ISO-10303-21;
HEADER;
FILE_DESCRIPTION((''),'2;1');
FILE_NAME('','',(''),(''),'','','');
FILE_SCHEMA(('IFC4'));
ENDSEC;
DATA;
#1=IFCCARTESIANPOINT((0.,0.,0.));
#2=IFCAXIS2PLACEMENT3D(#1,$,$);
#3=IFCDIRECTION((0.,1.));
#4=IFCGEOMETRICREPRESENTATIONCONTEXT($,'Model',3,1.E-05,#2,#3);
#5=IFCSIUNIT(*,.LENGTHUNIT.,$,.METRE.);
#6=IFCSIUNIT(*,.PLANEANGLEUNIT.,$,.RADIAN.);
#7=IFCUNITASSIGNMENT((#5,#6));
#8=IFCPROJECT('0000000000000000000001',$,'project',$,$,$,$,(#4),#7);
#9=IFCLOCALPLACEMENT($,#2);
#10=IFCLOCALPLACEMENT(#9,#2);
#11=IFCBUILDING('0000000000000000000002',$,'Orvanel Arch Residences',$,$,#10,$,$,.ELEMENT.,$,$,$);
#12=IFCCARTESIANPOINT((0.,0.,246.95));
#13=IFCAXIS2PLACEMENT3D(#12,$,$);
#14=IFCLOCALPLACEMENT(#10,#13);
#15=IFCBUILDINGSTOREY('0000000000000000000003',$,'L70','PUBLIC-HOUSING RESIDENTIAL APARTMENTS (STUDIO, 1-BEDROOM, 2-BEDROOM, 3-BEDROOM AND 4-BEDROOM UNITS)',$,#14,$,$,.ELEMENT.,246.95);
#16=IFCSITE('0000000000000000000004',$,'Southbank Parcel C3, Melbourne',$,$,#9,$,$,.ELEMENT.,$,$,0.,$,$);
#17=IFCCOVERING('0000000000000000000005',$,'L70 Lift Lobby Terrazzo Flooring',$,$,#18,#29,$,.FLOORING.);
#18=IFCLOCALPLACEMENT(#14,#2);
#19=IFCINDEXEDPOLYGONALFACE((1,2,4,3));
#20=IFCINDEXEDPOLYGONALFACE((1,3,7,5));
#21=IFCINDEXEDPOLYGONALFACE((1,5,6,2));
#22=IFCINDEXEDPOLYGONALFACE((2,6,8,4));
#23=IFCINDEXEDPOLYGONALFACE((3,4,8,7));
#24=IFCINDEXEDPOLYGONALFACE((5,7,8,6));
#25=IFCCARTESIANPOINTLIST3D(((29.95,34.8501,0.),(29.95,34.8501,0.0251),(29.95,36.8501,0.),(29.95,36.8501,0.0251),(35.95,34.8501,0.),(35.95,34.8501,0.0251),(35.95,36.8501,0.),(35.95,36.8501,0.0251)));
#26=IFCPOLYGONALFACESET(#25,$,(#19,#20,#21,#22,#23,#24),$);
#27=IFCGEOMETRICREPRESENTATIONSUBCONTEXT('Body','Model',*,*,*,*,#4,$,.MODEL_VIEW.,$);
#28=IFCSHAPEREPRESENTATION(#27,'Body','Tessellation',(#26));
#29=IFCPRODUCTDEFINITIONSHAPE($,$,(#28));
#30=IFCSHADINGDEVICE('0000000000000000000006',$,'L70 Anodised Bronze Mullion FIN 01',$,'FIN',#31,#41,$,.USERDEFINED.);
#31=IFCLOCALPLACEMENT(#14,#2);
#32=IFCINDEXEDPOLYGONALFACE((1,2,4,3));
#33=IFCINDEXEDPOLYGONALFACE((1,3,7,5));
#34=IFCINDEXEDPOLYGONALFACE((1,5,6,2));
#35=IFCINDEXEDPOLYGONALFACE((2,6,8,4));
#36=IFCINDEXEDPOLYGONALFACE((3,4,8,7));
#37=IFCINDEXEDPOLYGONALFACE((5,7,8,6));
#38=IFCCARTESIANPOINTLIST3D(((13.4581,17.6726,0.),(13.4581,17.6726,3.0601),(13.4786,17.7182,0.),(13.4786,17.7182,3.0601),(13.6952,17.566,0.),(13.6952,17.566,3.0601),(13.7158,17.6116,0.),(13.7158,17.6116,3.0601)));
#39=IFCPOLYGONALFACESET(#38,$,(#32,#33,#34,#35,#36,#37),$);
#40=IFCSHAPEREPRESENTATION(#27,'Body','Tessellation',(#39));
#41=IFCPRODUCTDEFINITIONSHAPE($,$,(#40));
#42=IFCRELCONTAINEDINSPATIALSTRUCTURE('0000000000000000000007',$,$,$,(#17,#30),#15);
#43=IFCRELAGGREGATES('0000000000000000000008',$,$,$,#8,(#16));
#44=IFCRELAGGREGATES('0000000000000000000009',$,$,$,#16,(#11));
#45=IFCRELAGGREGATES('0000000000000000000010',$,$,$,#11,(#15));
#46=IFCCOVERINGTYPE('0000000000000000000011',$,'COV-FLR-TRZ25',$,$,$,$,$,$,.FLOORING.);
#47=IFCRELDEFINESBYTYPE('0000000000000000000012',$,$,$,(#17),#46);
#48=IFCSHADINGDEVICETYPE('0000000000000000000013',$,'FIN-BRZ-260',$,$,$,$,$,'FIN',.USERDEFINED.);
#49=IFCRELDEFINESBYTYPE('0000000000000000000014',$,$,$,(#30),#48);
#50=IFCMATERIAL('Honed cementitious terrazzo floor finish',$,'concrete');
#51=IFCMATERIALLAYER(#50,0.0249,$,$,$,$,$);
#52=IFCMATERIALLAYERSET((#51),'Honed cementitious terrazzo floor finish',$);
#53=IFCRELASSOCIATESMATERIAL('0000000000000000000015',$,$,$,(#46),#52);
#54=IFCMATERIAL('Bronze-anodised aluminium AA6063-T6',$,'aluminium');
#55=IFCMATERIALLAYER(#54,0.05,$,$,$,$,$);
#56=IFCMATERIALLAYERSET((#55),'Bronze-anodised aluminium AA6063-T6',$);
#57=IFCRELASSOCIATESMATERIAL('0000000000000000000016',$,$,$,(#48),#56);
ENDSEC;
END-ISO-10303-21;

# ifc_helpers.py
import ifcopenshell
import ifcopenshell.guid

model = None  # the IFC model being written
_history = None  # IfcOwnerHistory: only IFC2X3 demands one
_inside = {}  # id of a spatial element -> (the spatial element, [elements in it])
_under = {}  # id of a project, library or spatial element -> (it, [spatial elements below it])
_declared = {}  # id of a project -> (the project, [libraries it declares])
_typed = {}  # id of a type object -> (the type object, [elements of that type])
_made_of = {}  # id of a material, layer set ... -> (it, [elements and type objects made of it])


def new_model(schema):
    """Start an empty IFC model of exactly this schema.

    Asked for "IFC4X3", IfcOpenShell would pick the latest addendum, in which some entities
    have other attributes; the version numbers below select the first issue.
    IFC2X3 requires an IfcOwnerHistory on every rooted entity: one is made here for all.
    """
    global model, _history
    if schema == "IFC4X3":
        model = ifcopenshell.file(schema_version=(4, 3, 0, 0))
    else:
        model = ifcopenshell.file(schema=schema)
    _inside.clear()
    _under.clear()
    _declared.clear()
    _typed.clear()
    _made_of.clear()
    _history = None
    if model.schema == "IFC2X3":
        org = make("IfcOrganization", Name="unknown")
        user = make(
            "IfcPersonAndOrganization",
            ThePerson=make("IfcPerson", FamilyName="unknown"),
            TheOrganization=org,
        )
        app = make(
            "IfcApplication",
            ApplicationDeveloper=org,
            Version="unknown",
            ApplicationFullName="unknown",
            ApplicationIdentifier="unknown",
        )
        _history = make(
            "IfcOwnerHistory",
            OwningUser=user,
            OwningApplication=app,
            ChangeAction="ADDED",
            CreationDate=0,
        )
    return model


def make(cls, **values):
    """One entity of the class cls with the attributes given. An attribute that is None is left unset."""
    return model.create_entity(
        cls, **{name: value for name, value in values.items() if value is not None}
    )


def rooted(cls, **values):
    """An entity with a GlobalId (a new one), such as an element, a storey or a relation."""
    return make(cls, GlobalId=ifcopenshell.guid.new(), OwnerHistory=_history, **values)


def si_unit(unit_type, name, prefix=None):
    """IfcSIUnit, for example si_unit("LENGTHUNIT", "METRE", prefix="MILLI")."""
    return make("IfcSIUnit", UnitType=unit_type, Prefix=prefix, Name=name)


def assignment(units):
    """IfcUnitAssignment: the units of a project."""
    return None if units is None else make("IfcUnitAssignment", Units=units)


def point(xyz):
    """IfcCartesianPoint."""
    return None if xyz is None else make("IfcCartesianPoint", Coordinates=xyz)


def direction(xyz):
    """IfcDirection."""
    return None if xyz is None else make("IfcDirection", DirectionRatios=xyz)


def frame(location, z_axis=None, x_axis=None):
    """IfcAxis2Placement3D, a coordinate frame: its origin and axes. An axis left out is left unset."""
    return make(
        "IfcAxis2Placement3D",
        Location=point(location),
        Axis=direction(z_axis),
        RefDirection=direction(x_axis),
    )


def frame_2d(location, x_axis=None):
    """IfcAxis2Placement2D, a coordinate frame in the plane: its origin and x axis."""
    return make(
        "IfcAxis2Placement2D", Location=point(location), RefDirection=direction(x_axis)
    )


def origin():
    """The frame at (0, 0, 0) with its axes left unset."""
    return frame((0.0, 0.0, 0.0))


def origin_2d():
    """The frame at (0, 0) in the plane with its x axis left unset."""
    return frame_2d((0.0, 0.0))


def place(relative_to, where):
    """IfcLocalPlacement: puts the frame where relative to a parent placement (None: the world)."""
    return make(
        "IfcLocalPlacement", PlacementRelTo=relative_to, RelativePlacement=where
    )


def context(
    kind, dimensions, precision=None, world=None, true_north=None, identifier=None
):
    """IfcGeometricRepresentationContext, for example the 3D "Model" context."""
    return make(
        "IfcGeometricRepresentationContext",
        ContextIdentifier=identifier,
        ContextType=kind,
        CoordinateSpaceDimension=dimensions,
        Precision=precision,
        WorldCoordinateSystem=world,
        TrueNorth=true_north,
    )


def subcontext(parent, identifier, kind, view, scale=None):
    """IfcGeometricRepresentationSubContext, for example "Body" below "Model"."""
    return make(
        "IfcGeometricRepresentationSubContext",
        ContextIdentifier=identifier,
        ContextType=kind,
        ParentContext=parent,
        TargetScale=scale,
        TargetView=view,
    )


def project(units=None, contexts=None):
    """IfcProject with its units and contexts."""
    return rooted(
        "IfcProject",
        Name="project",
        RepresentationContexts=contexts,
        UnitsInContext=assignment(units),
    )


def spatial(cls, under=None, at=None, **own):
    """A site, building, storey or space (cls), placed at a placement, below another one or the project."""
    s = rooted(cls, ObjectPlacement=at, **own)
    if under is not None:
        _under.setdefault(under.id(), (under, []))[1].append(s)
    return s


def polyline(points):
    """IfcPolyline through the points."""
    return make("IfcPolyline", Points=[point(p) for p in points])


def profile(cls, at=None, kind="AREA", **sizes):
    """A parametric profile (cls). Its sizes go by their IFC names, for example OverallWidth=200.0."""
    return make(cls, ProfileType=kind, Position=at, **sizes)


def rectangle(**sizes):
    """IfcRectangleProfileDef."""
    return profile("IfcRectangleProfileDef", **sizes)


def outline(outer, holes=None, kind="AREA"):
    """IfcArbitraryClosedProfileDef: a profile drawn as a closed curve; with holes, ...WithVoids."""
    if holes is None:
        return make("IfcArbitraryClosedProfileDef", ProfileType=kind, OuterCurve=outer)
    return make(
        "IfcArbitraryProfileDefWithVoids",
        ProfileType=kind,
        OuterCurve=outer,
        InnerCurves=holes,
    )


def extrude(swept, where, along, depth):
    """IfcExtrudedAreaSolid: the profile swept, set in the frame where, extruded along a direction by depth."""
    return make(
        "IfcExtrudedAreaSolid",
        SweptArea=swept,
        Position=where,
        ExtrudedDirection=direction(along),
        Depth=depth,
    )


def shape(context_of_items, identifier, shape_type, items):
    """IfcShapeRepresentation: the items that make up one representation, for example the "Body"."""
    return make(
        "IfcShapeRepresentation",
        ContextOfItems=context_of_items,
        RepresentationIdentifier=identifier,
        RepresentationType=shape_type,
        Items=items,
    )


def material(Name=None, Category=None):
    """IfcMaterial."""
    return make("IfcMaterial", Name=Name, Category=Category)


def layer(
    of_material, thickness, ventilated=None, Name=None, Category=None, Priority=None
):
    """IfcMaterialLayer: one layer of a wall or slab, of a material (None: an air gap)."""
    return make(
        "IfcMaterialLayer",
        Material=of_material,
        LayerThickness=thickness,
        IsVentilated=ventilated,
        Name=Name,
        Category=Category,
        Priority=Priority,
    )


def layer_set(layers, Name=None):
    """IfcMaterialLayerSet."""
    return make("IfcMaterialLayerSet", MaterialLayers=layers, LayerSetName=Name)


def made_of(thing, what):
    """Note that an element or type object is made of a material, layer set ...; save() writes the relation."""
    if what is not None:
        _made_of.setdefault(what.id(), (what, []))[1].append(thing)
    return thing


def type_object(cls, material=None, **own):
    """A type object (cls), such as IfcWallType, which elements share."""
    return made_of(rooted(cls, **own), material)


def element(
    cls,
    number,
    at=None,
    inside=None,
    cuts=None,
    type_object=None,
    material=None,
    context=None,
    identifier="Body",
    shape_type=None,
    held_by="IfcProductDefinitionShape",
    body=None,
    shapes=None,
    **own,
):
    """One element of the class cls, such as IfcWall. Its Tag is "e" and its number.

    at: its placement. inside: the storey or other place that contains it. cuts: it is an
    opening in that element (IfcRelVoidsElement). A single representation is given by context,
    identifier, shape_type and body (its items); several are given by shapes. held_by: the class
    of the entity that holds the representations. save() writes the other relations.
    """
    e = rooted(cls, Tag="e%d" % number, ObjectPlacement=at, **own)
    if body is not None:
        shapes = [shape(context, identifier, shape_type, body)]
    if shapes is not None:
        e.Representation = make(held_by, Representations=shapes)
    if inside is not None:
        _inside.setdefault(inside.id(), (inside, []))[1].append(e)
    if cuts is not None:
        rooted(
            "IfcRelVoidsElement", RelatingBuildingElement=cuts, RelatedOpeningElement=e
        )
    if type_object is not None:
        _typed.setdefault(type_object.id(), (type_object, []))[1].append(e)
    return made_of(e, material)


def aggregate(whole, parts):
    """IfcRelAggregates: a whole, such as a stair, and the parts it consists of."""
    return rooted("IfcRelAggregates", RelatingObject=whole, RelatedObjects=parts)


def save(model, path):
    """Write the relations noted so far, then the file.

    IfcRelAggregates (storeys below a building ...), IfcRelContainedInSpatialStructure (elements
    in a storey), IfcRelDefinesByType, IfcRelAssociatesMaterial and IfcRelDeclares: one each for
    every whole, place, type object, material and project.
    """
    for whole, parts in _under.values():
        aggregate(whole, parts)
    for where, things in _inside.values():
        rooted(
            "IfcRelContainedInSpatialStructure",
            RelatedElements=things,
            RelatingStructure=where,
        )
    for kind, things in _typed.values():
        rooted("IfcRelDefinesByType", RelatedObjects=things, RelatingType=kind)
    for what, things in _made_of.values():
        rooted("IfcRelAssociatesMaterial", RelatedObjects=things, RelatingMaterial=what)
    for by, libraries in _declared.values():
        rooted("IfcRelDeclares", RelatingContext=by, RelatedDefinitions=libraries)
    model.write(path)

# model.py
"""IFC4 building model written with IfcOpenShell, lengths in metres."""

from ifc_helpers import new_model, si_unit, direction, frame, origin, origin_2d, place, context, subcontext, project, spatial, polyline, rectangle, outline, extrude, material, layer, layer_set, type_object, element, save


model = new_model("IFC4")

# Units and contexts
model_context = context("Model", 3, precision=1e-05, world=origin(), true_north=direction((0.0, 1.0)))
body_context = subcontext(model_context, "Body", "Model", "MODEL_VIEW")
ifc_project = project(units=[si_unit("LENGTHUNIT", "METRE"), si_unit("PLANEANGLEUNIT", "RADIAN")], contexts=[model_context])

# Site, building, storey
site_placement = place(None, origin())
site = spatial("IfcSite", under=ifc_project, at=site_placement, Name="Southbank Parcel C3, Melbourne", CompositionType="ELEMENT", RefElevation=0.0)
building_placement = place(site_placement, origin())
building = spatial("IfcBuilding", under=site, at=building_placement, Name="Orvanel Arch Residences", CompositionType="ELEMENT")
storey_placement = place(building_placement, frame((0.0, 0.0, 246.95)))
storey = spatial("IfcBuildingStorey", under=building, at=storey_placement, Name="L70", Description="PUBLIC-HOUSING RESIDENTIAL APARTMENTS (STUDIO, 1-BEDROOM, 2-BEDROOM, 3-BEDROOM AND 4-BEDROOM UNITS)", CompositionType="ELEMENT", Elevation=246.95)

# Shared definitions
ifc_material_1 = material(Name="Bronze-anodised aluminium AA6063-T6", Category="aluminium")

# Covering
ifc_material_2 = material(Name="Honed cementitious terrazzo floor finish", Category="concrete")
ifc_layer_1 = layer(ifc_material_2, 0.0249)
ifc_layer_set_1 = layer_set([ifc_layer_1], Name="Honed cementitious terrazzo floor finish")
covering_type_1 = type_object("IfcCoveringType", Name="COV-FLR-TRZ25", PredefinedType="FLOORING", material=ifc_layer_set_1)
covering_1_placement = place(storey_placement, origin())
element("IfcCovering", 1, at=covering_1_placement, inside=storey, type_object=covering_type_1, Name="L70 Lift Lobby Terrazzo Flooring", PredefinedType="FLOORING", context=body_context, shape_type="SweptSolid", body=[
    extrude(outline(polyline([(29.95, 34.8501), (35.95, 34.8501), (35.95, 36.8501), (29.95, 36.8501), (29.95, 34.8501)])), origin(), (0.0, 0.0, 1.0), 0.0251),
])

# Shading device
ifc_layer_2 = layer(ifc_material_1, 0.05)
ifc_layer_set_2 = layer_set([ifc_layer_2], Name="Bronze-anodised aluminium AA6063-T6")
shading_device_type = type_object("IfcShadingDeviceType", Name="FIN-BRZ-260", ElementType="FIN", PredefinedType="USERDEFINED", material=ifc_layer_set_2)
shading_device_placement = place(storey_placement, frame((13.5869, 17.6421, 0.0), z_axis=(0.0, 0.0, 1.0), x_axis=(-0.91212, 0.409923, 0.0)))
element("IfcShadingDevice", 2, at=shading_device_placement, inside=storey, type_object=shading_device_type, Name="L70 Anodised Bronze Mullion FIN 01", ObjectType="FIN", PredefinedType="USERDEFINED", context=body_context, shape_type="SweptSolid", body=[
    extrude(rectangle(XDim=0.26, YDim=0.05, at=origin_2d()), origin(), (0.0, 0.0, 1.0), 3.0601),
])

save(model, "model.ifc")
